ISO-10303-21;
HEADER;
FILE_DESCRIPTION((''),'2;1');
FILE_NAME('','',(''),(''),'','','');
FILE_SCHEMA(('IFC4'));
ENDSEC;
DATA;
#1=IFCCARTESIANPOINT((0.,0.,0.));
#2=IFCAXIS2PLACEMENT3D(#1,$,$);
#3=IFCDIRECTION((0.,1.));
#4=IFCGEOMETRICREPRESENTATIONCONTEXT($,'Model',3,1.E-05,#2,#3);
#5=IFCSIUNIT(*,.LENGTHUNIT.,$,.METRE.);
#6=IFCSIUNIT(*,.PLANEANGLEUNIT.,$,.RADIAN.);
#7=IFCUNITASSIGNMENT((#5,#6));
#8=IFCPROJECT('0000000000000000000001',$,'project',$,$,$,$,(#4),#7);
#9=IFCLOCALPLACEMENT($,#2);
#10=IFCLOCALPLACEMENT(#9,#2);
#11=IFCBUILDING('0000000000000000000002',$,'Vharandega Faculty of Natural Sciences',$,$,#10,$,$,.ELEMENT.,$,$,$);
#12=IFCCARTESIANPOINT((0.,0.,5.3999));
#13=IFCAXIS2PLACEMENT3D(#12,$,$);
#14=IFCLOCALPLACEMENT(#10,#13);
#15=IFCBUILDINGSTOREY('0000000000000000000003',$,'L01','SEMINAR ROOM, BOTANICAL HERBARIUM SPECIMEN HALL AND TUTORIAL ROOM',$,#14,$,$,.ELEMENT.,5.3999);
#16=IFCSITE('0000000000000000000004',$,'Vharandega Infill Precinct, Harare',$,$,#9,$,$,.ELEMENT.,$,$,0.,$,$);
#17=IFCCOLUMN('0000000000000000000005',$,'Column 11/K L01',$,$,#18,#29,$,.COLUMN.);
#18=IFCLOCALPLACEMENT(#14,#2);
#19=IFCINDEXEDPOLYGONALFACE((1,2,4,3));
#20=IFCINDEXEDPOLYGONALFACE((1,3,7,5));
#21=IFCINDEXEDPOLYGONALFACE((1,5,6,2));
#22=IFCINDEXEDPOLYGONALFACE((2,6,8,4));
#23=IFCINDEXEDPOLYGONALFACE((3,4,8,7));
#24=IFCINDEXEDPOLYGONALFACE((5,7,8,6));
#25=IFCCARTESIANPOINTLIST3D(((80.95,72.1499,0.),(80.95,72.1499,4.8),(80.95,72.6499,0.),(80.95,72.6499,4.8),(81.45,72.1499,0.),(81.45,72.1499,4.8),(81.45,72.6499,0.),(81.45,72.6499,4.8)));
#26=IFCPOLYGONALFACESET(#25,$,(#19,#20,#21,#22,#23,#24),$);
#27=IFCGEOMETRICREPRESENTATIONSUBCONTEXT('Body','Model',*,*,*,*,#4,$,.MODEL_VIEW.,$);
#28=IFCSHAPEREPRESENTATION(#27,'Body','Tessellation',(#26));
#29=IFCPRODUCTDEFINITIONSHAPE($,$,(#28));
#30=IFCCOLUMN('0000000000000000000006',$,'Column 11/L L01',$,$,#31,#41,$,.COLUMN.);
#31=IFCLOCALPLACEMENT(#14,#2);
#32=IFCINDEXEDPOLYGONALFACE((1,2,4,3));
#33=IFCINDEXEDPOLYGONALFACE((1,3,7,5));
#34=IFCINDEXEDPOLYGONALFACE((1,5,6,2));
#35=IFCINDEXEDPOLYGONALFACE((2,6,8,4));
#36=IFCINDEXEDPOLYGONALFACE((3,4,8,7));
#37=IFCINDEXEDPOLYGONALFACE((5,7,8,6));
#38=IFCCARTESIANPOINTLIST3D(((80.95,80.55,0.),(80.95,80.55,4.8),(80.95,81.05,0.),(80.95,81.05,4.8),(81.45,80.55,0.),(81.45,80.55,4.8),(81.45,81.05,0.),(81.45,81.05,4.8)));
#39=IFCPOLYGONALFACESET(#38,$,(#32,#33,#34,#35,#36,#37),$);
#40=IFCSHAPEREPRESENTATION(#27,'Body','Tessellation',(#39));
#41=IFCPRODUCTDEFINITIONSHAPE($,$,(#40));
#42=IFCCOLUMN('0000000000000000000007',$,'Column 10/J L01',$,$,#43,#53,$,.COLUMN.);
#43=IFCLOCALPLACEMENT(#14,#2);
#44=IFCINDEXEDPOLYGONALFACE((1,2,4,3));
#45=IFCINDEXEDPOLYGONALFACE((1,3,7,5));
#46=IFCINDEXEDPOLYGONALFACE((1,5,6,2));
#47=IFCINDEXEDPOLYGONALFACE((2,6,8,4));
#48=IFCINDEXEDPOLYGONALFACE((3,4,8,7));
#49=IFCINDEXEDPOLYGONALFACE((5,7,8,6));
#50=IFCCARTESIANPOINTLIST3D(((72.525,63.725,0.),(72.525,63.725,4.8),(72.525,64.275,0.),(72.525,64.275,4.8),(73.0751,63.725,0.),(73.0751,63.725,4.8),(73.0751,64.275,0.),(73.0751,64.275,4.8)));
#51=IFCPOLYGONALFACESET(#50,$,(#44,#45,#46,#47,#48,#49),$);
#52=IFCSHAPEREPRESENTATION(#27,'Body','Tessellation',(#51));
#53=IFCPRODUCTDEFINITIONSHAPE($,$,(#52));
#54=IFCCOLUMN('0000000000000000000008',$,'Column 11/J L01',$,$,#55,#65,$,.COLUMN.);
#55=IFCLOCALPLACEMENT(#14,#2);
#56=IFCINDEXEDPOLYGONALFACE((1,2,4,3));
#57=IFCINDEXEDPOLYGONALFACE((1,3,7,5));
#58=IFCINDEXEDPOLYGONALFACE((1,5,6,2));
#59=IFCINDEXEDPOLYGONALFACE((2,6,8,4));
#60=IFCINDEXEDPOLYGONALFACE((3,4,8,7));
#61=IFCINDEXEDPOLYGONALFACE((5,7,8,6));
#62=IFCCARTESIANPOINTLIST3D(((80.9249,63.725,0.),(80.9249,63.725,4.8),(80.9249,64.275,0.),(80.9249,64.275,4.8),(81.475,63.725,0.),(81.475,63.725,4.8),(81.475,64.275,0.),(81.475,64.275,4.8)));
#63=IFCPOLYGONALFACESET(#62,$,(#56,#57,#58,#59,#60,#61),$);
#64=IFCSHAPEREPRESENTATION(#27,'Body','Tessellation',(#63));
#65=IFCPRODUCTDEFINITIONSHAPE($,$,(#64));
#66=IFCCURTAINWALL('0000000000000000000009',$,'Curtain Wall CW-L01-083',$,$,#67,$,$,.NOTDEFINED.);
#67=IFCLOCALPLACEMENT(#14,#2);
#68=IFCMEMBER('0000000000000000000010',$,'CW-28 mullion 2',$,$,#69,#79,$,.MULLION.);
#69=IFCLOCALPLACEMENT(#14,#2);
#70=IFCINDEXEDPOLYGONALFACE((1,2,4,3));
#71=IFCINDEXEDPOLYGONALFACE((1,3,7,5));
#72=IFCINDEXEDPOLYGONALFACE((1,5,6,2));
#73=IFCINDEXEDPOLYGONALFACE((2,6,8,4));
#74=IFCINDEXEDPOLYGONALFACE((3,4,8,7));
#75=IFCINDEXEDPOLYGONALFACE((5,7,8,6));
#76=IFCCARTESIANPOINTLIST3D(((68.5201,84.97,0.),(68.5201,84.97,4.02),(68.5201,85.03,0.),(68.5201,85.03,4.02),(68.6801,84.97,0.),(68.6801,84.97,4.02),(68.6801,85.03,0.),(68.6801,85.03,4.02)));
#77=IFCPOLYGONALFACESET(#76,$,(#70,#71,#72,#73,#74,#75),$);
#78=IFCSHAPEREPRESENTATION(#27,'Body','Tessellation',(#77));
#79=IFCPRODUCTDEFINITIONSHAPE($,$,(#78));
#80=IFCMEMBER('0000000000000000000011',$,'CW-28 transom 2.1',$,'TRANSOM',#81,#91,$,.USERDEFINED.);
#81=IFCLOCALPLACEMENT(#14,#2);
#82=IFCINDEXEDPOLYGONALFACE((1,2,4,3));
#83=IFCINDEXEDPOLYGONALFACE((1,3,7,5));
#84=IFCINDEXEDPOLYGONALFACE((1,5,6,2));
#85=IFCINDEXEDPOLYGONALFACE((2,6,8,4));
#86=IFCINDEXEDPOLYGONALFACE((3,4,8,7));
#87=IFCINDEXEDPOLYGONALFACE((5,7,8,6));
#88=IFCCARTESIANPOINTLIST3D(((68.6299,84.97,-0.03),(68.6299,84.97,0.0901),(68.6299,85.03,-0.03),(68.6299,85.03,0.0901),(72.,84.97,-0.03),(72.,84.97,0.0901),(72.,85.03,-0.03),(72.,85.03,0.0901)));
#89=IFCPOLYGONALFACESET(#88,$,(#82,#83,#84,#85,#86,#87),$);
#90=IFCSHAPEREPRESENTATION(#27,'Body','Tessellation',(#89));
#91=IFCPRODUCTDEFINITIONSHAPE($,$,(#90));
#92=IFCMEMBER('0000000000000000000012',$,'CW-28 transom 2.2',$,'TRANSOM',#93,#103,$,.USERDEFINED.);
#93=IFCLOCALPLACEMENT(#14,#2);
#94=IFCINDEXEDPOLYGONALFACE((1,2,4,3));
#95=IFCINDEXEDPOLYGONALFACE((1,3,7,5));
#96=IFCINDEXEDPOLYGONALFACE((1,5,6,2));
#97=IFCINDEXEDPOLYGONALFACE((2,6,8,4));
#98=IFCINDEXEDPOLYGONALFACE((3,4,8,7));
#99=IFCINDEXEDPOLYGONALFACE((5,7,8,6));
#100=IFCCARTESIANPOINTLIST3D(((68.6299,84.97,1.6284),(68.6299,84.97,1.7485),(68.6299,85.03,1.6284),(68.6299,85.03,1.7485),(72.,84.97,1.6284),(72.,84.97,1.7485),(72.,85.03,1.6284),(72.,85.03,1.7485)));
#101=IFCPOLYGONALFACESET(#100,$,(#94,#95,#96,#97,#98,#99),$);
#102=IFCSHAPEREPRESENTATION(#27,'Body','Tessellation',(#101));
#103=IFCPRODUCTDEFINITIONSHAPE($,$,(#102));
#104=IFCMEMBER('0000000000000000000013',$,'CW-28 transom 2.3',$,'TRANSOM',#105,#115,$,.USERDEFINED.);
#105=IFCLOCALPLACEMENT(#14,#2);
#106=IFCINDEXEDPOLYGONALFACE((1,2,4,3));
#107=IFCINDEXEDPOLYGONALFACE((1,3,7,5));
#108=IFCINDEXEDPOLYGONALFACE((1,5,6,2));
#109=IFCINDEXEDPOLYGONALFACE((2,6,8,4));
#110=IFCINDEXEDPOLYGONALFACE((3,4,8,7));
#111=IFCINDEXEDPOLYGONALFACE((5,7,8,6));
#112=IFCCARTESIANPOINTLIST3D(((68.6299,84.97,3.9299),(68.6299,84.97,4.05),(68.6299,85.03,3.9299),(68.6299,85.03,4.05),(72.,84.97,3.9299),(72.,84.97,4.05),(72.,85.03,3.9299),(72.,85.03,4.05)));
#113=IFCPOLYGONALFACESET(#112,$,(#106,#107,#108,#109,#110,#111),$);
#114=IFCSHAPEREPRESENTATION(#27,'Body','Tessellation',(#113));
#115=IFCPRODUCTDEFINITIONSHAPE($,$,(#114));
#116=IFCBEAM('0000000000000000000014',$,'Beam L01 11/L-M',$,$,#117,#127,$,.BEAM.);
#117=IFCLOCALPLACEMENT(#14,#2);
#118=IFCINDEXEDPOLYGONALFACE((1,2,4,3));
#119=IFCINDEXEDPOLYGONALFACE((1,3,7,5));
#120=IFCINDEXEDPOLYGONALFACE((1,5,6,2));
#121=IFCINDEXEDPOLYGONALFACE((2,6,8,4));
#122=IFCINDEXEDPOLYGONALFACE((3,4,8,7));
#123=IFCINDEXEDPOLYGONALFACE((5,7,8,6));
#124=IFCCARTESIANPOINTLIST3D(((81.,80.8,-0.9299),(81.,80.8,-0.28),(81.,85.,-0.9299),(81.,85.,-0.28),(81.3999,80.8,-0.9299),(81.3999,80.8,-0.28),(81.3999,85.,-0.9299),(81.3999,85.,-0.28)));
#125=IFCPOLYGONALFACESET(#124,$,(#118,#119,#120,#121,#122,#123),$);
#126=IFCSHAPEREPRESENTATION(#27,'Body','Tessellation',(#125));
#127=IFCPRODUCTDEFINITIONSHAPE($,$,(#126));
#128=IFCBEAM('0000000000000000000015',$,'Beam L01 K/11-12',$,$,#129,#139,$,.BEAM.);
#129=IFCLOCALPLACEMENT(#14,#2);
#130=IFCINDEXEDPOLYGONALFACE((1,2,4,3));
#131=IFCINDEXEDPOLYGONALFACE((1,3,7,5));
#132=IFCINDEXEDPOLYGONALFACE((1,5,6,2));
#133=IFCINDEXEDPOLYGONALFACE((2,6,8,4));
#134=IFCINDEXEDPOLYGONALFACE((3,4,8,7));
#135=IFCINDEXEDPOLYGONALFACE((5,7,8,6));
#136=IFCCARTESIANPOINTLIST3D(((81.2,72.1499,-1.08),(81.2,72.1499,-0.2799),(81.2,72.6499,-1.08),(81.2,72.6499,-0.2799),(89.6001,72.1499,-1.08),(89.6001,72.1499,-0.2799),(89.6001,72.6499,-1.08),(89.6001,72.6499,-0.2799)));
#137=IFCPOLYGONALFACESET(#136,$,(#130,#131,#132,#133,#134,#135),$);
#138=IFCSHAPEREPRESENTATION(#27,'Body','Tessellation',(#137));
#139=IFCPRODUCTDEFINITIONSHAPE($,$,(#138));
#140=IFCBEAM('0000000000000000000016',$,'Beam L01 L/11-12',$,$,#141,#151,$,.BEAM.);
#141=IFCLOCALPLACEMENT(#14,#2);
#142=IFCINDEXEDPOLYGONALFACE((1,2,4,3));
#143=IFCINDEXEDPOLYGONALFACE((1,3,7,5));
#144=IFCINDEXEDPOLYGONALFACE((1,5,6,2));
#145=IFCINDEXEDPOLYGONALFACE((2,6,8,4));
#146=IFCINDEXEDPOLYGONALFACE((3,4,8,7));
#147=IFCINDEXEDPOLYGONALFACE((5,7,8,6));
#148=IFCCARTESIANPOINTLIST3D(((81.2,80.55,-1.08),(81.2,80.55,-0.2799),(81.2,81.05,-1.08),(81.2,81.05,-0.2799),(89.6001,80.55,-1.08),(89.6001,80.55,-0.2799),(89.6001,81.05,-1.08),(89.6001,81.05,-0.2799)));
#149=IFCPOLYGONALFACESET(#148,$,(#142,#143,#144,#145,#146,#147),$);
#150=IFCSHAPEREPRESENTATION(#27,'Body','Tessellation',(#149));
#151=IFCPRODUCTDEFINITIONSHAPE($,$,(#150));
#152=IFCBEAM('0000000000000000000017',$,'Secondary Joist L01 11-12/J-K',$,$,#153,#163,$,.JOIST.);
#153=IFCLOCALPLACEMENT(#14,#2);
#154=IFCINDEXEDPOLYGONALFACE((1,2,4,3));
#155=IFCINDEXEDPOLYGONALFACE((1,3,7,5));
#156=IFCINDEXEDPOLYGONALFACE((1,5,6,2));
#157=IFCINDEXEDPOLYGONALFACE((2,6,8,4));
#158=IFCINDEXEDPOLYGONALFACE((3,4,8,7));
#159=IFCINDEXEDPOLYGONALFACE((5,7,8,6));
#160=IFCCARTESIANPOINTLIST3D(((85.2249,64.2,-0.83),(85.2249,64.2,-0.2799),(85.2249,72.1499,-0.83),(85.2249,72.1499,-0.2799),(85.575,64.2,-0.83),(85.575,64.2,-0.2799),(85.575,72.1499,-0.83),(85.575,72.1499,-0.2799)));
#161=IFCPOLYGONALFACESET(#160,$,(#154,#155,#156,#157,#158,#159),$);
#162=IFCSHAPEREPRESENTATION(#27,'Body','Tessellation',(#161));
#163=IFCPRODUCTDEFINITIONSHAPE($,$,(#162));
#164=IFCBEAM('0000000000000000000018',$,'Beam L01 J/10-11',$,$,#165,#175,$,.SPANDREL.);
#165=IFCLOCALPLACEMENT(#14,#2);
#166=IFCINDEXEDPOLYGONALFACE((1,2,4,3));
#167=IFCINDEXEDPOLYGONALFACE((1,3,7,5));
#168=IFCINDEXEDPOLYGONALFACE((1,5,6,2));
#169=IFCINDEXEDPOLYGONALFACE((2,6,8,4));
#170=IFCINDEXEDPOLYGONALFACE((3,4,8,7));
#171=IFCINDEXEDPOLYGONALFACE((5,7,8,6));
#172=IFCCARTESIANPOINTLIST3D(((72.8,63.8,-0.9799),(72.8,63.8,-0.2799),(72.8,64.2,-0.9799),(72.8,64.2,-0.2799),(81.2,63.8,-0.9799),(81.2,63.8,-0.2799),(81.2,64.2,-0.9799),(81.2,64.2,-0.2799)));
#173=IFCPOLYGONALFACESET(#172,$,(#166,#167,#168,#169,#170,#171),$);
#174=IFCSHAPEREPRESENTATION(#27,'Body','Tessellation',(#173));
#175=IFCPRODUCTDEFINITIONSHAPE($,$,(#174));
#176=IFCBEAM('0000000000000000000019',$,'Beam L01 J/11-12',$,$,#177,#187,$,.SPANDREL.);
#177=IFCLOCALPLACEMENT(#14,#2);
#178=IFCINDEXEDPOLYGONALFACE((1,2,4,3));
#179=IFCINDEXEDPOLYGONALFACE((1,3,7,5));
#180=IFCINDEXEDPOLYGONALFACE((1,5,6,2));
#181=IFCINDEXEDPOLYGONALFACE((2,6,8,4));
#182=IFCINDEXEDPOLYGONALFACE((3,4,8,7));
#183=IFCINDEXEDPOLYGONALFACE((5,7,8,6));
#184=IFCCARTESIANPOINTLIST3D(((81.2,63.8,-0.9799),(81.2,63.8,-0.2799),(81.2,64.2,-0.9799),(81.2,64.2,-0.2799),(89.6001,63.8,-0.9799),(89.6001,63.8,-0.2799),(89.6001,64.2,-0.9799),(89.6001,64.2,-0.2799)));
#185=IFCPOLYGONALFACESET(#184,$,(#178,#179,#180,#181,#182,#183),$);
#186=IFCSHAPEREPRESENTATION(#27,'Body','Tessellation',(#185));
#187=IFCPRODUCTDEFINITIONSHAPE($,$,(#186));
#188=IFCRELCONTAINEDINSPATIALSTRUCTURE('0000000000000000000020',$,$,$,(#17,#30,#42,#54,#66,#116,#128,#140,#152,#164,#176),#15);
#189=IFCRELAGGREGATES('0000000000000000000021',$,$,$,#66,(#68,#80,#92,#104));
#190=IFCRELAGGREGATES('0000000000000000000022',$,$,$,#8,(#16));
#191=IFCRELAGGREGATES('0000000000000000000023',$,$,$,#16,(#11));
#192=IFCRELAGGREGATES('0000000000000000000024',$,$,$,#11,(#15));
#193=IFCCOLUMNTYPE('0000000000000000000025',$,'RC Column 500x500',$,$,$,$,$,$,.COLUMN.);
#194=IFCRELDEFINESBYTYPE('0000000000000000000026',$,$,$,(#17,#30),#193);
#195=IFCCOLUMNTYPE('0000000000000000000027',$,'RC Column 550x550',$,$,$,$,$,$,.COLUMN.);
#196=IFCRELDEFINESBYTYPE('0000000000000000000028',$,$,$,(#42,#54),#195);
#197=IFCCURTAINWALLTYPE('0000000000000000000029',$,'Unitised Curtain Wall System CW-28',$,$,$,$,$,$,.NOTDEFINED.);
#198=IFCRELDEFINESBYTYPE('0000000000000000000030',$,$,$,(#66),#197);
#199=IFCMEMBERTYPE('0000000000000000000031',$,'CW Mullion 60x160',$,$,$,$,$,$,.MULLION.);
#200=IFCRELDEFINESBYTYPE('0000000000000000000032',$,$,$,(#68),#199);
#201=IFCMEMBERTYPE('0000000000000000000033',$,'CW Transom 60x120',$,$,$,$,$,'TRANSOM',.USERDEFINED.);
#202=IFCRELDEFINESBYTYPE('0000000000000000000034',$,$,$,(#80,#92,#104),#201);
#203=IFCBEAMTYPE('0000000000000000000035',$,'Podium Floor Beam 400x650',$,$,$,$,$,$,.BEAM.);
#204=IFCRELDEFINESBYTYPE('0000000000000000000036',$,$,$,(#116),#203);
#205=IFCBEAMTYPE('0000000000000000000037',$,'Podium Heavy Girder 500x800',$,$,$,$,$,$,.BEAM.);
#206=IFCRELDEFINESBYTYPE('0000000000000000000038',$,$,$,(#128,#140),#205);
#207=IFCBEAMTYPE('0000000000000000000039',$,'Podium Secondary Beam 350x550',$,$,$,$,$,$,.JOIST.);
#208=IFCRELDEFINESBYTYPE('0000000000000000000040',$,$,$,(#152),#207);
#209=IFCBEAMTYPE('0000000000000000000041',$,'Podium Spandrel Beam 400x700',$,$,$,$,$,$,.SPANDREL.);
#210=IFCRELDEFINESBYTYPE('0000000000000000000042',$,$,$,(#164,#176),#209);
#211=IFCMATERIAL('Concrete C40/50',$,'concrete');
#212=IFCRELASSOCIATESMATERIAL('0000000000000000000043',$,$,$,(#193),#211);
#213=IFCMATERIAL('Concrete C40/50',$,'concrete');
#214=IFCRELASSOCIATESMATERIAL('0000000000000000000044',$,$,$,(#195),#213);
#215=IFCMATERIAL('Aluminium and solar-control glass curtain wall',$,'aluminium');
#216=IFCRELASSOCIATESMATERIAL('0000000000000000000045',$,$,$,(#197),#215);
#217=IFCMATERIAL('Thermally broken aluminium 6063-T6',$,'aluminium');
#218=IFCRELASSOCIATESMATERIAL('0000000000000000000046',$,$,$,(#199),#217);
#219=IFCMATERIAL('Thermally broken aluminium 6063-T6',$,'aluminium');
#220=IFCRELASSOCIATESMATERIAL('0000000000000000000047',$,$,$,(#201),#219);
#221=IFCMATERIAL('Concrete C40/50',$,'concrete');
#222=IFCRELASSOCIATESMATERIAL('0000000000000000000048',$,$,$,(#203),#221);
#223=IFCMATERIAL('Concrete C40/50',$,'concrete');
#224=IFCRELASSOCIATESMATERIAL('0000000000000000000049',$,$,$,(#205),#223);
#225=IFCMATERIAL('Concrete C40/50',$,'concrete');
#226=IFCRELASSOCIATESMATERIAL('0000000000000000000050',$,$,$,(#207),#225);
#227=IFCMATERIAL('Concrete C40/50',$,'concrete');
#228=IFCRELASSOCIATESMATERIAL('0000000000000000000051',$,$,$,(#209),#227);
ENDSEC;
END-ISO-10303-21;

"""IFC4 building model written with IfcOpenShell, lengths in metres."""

from ifc_helpers import new_model, si_unit, direction, frame, origin, origin_2d, place, context, subcontext, project, spatial, rectangle, extrude, material, material_profile, profile_set, type_object, element, aggregate, save


model = new_model("IFC4")

# Units and contexts
model_context = context("Model", 3, precision=1e-05, world=origin(), true_north=direction((0.0, 1.0)))
body_context = subcontext(model_context, "Body", "Model", "MODEL_VIEW")
ifc_project = project(units=[si_unit("LENGTHUNIT", "METRE"), si_unit("PLANEANGLEUNIT", "RADIAN")], contexts=[model_context])

# Site, building, storey
site_placement = place(None, origin())
site = spatial("IfcSite", under=ifc_project, at=site_placement, Name="Vharandega Infill Precinct, Harare", CompositionType="ELEMENT", RefElevation=0.0)
building_placement = place(site_placement, origin())
building = spatial("IfcBuilding", under=site, at=building_placement, Name="Vharandega Faculty of Natural Sciences", CompositionType="ELEMENT")
storey_placement = place(building_placement, frame((0.0, 0.0, 5.3999)))
storey = spatial("IfcBuildingStorey", under=building, at=storey_placement, Name="L01", Description="SEMINAR ROOM, BOTANICAL HERBARIUM SPECIMEN HALL AND TUTORIAL ROOM", CompositionType="ELEMENT", Elevation=5.3999)

# Columns
ifc_material_1 = material(Name="Concrete C40/50", Category="concrete")
ifc_material_profile_1 = material_profile(ifc_material_1, rectangle(XDim=0.5, YDim=0.5, at=origin_2d()), Name="RC 500x500")
ifc_profile_set_1 = profile_set([ifc_material_profile_1], Name="Concrete C40/50")
column_type_1 = type_object("IfcColumnType", Name="RC Column 500x500", PredefinedType="COLUMN", material=ifc_profile_set_1)
for number, where, z_axis, x_axis, name in (
    (1, (81.2, 72.3999, 0.0), (0.0, 0.0, 1.0), (1.0, 0.0, 0.0), "Column 11/K L01"),
    (2, (81.2, 80.8, 0.0), (0.0, 0.0, 1.0), (1.0, 0.0, 0.0), "Column 11/L L01"),
):
    element("IfcColumn", number, at=place(storey_placement, frame(where, z_axis=z_axis, x_axis=x_axis)), inside=storey, type_object=column_type_1, Name=name, PredefinedType="COLUMN", context=body_context, shape_type="SweptSolid", body=[
        extrude(rectangle(XDim=0.5, YDim=0.5, at=origin_2d()), origin(), (0.0, 0.0, 1.0), 4.8),
    ])
ifc_material_2 = material(Name="Concrete C40/50", Category="concrete")
ifc_material_profile_2 = material_profile(ifc_material_2, rectangle(XDim=0.55, YDim=0.55, at=origin_2d()), Name="RC 550x550")
ifc_profile_set_2 = profile_set([ifc_material_profile_2], Name="Concrete C40/50")
column_type_2 = type_object("IfcColumnType", Name="RC Column 550x550", PredefinedType="COLUMN", material=ifc_profile_set_2)
for number, where, z_axis, x_axis, name in (
    (3, (72.8, 64.0, 0.0), (0.0, 0.0, 1.0), (1.0, 0.0, 0.0), "Column 10/J L01"),
    (4, (81.2, 64.0, 0.0), (0.0, 0.0, 1.0), (1.0, 0.0, 0.0), "Column 11/J L01"),
):
    element("IfcColumn", number, at=place(storey_placement, frame(where, z_axis=z_axis, x_axis=x_axis)), inside=storey, type_object=column_type_2, Name=name, PredefinedType="COLUMN", context=body_context, shape_type="SweptSolid", body=[
        extrude(rectangle(XDim=0.55, YDim=0.55, at=origin_2d()), origin(), (0.0, 0.0, 1.0), 4.8),
    ])

# Curtain wall, members
ifc_material_3 = material(Name="Aluminium and solar-control glass curtain wall", Category="aluminium")
curtain_wall_type = type_object("IfcCurtainWallType", Name="Unitised Curtain Wall System CW-28", PredefinedType="NOTDEFINED", material=ifc_material_3)
curtain_wall_placement = place(storey_placement, origin())
curtain_wall = element("IfcCurtainWall", 5, at=curtain_wall_placement, inside=storey, type_object=curtain_wall_type, Name="Curtain Wall CW-L01-083", PredefinedType="NOTDEFINED")
ifc_material_4 = material(Name="Thermally broken aluminium 6063-T6", Category="aluminium")
ifc_material_profile_3 = material_profile(ifc_material_4, rectangle(XDim=0.0601, YDim=0.1599, at=origin_2d()), Name="ALU 60x160")
ifc_profile_set_3 = profile_set([ifc_material_profile_3], Name="Thermally broken aluminium 6063-T6")
member_type_1 = type_object("IfcMemberType", Name="CW Mullion 60x160", PredefinedType="MULLION", material=ifc_profile_set_3)
member_1_placement = place(storey_placement, frame((68.6001, 85.0, 0.0), z_axis=(0.0, 0.0, 1.0), x_axis=(0.0, 1.0, 0.0)))
member_1 = element("IfcMember", 6, at=member_1_placement, type_object=member_type_1, Name="CW-28 mullion 2", PredefinedType="MULLION", context=body_context, shape_type="SweptSolid", body=[
    extrude(rectangle(XDim=0.0601, YDim=0.1599, at=origin_2d()), origin(), (0.0, 0.0, 1.0), 4.02),
])
ifc_material_5 = material(Name="Thermally broken aluminium 6063-T6", Category="aluminium")
ifc_material_profile_4 = material_profile(ifc_material_5, rectangle(XDim=0.0601, YDim=0.1201, at=origin_2d()), Name="ALU 60x120")
ifc_profile_set_4 = profile_set([ifc_material_profile_4], Name="Thermally broken aluminium 6063-T6")
member_type_2 = type_object("IfcMemberType", Name="CW Transom 60x120", ElementType="TRANSOM", PredefinedType="USERDEFINED", material=ifc_profile_set_4)
member_2_placement = place(storey_placement, frame((68.6299, 85.0, 0.03), z_axis=(1.0, 0.0, 0.0), x_axis=(0.0, 1.0, 0.0)))
member_2 = element("IfcMember", 7, at=member_2_placement, type_object=member_type_2, Name="CW-28 transom 2.1", ObjectType="TRANSOM", PredefinedType="USERDEFINED", context=body_context, shape_type="SweptSolid", body=[
    extrude(rectangle(XDim=0.0601, YDim=0.1201, at=origin_2d()), origin(), (0.0, 0.0, 1.0), 3.3701),
])
member_3_placement = place(storey_placement, frame((68.6299, 85.0, 1.6885), z_axis=(1.0, 0.0, 0.0), x_axis=(0.0, 1.0, 0.0)))
member_3 = element("IfcMember", 8, at=member_3_placement, type_object=member_type_2, Name="CW-28 transom 2.2", ObjectType="TRANSOM", PredefinedType="USERDEFINED", context=body_context, shape_type="SweptSolid", body=[
    extrude(rectangle(XDim=0.0601, YDim=0.1201, at=origin_2d()), origin(), (0.0, 0.0, 1.0), 3.3701),
])
member_4_placement = place(storey_placement, frame((68.6299, 85.0, 3.99), z_axis=(1.0, 0.0, 0.0), x_axis=(0.0, 1.0, 0.0)))
member_4 = element("IfcMember", 9, at=member_4_placement, type_object=member_type_2, Name="CW-28 transom 2.3", ObjectType="TRANSOM", PredefinedType="USERDEFINED", context=body_context, shape_type="SweptSolid", body=[
    extrude(rectangle(XDim=0.0601, YDim=0.1201, at=origin_2d()), origin(), (0.0, 0.0, 1.0), 3.3701),
])

# Beams
ifc_material_6 = material(Name="Concrete C40/50", Category="concrete")
ifc_material_profile_5 = material_profile(ifc_material_6, rectangle(XDim=0.3999, YDim=0.6499, at=origin_2d()), Name="RC 400x650")
ifc_profile_set_5 = profile_set([ifc_material_profile_5], Name="Concrete C40/50")
beam_type_1 = type_object("IfcBeamType", Name="Podium Floor Beam 400x650", PredefinedType="BEAM", material=ifc_profile_set_5)
beam_1_placement = place(storey_placement, frame((81.2, 80.8, -0.605), z_axis=(0.0, 1.0, 0.0), x_axis=(-1.0, 0.0, 0.0)))
element("IfcBeam", 10, at=beam_1_placement, inside=storey, type_object=beam_type_1, Name="Beam L01 11/L-M", PredefinedType="BEAM", context=body_context, shape_type="SweptSolid", body=[
    extrude(rectangle(XDim=0.3999, YDim=0.6499, at=origin_2d()), origin(), (0.0, 0.0, 1.0), 4.2),
])
ifc_material_7 = material(Name="Concrete C40/50", Category="concrete")
ifc_material_profile_6 = material_profile(ifc_material_7, rectangle(XDim=0.5, YDim=0.8, at=origin_2d()), Name="RC 500x800")
ifc_profile_set_6 = profile_set([ifc_material_profile_6], Name="Concrete C40/50")
beam_type_2 = type_object("IfcBeamType", Name="Podium Heavy Girder 500x800", PredefinedType="BEAM", material=ifc_profile_set_6)
for number, where, z_axis, x_axis, name in (
    (11, (81.2, 72.3999, -0.6799), (1.0, 0.0, 0.0), (0.0, 1.0, 0.0), "Beam L01 K/11-12"),
    (12, (81.2, 80.8, -0.6799), (1.0, 0.0, 0.0), (0.0, 1.0, 0.0), "Beam L01 L/11-12"),
):
    element("IfcBeam", number, at=place(storey_placement, frame(where, z_axis=z_axis, x_axis=x_axis)), inside=storey, type_object=beam_type_2, Name=name, PredefinedType="BEAM", context=body_context, shape_type="SweptSolid", body=[
        extrude(rectangle(XDim=0.5, YDim=0.8, at=origin_2d()), origin(), (0.0, 0.0, 1.0), 8.4001),
    ])
ifc_material_8 = material(Name="Concrete C40/50", Category="concrete")
ifc_material_profile_7 = material_profile(ifc_material_8, rectangle(XDim=0.3501, YDim=0.55, at=origin_2d()), Name="RC 350x550")
ifc_profile_set_7 = profile_set([ifc_material_profile_7], Name="Concrete C40/50")
beam_type_3 = type_object("IfcBeamType", Name="Podium Secondary Beam 350x550", PredefinedType="JOIST", material=ifc_profile_set_7)
beam_2_placement = place(storey_placement, frame((85.3999, 64.2, -0.5549), z_axis=(0.0, 1.0, 0.0), x_axis=(-1.0, 0.0, 0.0)))
element("IfcBeam", 13, at=beam_2_placement, inside=storey, type_object=beam_type_3, Name="Secondary Joist L01 11-12/J-K", PredefinedType="JOIST", context=body_context, shape_type="SweptSolid", body=[
    extrude(rectangle(XDim=0.3501, YDim=0.55, at=origin_2d()), origin(), (0.0, 0.0, 1.0), 7.95),
])
ifc_material_9 = material(Name="Concrete C40/50", Category="concrete")
ifc_material_profile_8 = material_profile(ifc_material_9, rectangle(XDim=0.3999, YDim=0.7, at=origin_2d()), Name="RC 400x700")
ifc_profile_set_8 = profile_set([ifc_material_profile_8], Name="Concrete C40/50")
beam_type_4 = type_object("IfcBeamType", Name="Podium Spandrel Beam 400x700", PredefinedType="SPANDREL", material=ifc_profile_set_8)
beam_3_placement = place(storey_placement, frame((72.8, 64.0, -0.6299), z_axis=(1.0, 0.0, 0.0), x_axis=(0.0, 1.0, 0.0)))
element("IfcBeam", 14, at=beam_3_placement, inside=storey, type_object=beam_type_4, Name="Beam L01 J/10-11", PredefinedType="SPANDREL", context=body_context, shape_type="SweptSolid", body=[
    extrude(rectangle(XDim=0.3999, YDim=0.7, at=origin_2d()), origin(), (0.0, 0.0, 1.0), 8.3999),
])
beam_4_placement = place(storey_placement, frame((81.2, 64.0, -0.6299), z_axis=(1.0, 0.0, 0.0), x_axis=(0.0, 1.0, 0.0)))
element("IfcBeam", 15, at=beam_4_placement, inside=storey, type_object=beam_type_4, Name="Beam L01 J/11-12", PredefinedType="SPANDREL", context=body_context, shape_type="SweptSolid", body=[
    extrude(rectangle(XDim=0.3999, YDim=0.7, at=origin_2d()), origin(), (0.0, 0.0, 1.0), 8.4001),
])

aggregate(curtain_wall, [member_1, member_2, member_3, member_4])

save(model, "model.ifc")
